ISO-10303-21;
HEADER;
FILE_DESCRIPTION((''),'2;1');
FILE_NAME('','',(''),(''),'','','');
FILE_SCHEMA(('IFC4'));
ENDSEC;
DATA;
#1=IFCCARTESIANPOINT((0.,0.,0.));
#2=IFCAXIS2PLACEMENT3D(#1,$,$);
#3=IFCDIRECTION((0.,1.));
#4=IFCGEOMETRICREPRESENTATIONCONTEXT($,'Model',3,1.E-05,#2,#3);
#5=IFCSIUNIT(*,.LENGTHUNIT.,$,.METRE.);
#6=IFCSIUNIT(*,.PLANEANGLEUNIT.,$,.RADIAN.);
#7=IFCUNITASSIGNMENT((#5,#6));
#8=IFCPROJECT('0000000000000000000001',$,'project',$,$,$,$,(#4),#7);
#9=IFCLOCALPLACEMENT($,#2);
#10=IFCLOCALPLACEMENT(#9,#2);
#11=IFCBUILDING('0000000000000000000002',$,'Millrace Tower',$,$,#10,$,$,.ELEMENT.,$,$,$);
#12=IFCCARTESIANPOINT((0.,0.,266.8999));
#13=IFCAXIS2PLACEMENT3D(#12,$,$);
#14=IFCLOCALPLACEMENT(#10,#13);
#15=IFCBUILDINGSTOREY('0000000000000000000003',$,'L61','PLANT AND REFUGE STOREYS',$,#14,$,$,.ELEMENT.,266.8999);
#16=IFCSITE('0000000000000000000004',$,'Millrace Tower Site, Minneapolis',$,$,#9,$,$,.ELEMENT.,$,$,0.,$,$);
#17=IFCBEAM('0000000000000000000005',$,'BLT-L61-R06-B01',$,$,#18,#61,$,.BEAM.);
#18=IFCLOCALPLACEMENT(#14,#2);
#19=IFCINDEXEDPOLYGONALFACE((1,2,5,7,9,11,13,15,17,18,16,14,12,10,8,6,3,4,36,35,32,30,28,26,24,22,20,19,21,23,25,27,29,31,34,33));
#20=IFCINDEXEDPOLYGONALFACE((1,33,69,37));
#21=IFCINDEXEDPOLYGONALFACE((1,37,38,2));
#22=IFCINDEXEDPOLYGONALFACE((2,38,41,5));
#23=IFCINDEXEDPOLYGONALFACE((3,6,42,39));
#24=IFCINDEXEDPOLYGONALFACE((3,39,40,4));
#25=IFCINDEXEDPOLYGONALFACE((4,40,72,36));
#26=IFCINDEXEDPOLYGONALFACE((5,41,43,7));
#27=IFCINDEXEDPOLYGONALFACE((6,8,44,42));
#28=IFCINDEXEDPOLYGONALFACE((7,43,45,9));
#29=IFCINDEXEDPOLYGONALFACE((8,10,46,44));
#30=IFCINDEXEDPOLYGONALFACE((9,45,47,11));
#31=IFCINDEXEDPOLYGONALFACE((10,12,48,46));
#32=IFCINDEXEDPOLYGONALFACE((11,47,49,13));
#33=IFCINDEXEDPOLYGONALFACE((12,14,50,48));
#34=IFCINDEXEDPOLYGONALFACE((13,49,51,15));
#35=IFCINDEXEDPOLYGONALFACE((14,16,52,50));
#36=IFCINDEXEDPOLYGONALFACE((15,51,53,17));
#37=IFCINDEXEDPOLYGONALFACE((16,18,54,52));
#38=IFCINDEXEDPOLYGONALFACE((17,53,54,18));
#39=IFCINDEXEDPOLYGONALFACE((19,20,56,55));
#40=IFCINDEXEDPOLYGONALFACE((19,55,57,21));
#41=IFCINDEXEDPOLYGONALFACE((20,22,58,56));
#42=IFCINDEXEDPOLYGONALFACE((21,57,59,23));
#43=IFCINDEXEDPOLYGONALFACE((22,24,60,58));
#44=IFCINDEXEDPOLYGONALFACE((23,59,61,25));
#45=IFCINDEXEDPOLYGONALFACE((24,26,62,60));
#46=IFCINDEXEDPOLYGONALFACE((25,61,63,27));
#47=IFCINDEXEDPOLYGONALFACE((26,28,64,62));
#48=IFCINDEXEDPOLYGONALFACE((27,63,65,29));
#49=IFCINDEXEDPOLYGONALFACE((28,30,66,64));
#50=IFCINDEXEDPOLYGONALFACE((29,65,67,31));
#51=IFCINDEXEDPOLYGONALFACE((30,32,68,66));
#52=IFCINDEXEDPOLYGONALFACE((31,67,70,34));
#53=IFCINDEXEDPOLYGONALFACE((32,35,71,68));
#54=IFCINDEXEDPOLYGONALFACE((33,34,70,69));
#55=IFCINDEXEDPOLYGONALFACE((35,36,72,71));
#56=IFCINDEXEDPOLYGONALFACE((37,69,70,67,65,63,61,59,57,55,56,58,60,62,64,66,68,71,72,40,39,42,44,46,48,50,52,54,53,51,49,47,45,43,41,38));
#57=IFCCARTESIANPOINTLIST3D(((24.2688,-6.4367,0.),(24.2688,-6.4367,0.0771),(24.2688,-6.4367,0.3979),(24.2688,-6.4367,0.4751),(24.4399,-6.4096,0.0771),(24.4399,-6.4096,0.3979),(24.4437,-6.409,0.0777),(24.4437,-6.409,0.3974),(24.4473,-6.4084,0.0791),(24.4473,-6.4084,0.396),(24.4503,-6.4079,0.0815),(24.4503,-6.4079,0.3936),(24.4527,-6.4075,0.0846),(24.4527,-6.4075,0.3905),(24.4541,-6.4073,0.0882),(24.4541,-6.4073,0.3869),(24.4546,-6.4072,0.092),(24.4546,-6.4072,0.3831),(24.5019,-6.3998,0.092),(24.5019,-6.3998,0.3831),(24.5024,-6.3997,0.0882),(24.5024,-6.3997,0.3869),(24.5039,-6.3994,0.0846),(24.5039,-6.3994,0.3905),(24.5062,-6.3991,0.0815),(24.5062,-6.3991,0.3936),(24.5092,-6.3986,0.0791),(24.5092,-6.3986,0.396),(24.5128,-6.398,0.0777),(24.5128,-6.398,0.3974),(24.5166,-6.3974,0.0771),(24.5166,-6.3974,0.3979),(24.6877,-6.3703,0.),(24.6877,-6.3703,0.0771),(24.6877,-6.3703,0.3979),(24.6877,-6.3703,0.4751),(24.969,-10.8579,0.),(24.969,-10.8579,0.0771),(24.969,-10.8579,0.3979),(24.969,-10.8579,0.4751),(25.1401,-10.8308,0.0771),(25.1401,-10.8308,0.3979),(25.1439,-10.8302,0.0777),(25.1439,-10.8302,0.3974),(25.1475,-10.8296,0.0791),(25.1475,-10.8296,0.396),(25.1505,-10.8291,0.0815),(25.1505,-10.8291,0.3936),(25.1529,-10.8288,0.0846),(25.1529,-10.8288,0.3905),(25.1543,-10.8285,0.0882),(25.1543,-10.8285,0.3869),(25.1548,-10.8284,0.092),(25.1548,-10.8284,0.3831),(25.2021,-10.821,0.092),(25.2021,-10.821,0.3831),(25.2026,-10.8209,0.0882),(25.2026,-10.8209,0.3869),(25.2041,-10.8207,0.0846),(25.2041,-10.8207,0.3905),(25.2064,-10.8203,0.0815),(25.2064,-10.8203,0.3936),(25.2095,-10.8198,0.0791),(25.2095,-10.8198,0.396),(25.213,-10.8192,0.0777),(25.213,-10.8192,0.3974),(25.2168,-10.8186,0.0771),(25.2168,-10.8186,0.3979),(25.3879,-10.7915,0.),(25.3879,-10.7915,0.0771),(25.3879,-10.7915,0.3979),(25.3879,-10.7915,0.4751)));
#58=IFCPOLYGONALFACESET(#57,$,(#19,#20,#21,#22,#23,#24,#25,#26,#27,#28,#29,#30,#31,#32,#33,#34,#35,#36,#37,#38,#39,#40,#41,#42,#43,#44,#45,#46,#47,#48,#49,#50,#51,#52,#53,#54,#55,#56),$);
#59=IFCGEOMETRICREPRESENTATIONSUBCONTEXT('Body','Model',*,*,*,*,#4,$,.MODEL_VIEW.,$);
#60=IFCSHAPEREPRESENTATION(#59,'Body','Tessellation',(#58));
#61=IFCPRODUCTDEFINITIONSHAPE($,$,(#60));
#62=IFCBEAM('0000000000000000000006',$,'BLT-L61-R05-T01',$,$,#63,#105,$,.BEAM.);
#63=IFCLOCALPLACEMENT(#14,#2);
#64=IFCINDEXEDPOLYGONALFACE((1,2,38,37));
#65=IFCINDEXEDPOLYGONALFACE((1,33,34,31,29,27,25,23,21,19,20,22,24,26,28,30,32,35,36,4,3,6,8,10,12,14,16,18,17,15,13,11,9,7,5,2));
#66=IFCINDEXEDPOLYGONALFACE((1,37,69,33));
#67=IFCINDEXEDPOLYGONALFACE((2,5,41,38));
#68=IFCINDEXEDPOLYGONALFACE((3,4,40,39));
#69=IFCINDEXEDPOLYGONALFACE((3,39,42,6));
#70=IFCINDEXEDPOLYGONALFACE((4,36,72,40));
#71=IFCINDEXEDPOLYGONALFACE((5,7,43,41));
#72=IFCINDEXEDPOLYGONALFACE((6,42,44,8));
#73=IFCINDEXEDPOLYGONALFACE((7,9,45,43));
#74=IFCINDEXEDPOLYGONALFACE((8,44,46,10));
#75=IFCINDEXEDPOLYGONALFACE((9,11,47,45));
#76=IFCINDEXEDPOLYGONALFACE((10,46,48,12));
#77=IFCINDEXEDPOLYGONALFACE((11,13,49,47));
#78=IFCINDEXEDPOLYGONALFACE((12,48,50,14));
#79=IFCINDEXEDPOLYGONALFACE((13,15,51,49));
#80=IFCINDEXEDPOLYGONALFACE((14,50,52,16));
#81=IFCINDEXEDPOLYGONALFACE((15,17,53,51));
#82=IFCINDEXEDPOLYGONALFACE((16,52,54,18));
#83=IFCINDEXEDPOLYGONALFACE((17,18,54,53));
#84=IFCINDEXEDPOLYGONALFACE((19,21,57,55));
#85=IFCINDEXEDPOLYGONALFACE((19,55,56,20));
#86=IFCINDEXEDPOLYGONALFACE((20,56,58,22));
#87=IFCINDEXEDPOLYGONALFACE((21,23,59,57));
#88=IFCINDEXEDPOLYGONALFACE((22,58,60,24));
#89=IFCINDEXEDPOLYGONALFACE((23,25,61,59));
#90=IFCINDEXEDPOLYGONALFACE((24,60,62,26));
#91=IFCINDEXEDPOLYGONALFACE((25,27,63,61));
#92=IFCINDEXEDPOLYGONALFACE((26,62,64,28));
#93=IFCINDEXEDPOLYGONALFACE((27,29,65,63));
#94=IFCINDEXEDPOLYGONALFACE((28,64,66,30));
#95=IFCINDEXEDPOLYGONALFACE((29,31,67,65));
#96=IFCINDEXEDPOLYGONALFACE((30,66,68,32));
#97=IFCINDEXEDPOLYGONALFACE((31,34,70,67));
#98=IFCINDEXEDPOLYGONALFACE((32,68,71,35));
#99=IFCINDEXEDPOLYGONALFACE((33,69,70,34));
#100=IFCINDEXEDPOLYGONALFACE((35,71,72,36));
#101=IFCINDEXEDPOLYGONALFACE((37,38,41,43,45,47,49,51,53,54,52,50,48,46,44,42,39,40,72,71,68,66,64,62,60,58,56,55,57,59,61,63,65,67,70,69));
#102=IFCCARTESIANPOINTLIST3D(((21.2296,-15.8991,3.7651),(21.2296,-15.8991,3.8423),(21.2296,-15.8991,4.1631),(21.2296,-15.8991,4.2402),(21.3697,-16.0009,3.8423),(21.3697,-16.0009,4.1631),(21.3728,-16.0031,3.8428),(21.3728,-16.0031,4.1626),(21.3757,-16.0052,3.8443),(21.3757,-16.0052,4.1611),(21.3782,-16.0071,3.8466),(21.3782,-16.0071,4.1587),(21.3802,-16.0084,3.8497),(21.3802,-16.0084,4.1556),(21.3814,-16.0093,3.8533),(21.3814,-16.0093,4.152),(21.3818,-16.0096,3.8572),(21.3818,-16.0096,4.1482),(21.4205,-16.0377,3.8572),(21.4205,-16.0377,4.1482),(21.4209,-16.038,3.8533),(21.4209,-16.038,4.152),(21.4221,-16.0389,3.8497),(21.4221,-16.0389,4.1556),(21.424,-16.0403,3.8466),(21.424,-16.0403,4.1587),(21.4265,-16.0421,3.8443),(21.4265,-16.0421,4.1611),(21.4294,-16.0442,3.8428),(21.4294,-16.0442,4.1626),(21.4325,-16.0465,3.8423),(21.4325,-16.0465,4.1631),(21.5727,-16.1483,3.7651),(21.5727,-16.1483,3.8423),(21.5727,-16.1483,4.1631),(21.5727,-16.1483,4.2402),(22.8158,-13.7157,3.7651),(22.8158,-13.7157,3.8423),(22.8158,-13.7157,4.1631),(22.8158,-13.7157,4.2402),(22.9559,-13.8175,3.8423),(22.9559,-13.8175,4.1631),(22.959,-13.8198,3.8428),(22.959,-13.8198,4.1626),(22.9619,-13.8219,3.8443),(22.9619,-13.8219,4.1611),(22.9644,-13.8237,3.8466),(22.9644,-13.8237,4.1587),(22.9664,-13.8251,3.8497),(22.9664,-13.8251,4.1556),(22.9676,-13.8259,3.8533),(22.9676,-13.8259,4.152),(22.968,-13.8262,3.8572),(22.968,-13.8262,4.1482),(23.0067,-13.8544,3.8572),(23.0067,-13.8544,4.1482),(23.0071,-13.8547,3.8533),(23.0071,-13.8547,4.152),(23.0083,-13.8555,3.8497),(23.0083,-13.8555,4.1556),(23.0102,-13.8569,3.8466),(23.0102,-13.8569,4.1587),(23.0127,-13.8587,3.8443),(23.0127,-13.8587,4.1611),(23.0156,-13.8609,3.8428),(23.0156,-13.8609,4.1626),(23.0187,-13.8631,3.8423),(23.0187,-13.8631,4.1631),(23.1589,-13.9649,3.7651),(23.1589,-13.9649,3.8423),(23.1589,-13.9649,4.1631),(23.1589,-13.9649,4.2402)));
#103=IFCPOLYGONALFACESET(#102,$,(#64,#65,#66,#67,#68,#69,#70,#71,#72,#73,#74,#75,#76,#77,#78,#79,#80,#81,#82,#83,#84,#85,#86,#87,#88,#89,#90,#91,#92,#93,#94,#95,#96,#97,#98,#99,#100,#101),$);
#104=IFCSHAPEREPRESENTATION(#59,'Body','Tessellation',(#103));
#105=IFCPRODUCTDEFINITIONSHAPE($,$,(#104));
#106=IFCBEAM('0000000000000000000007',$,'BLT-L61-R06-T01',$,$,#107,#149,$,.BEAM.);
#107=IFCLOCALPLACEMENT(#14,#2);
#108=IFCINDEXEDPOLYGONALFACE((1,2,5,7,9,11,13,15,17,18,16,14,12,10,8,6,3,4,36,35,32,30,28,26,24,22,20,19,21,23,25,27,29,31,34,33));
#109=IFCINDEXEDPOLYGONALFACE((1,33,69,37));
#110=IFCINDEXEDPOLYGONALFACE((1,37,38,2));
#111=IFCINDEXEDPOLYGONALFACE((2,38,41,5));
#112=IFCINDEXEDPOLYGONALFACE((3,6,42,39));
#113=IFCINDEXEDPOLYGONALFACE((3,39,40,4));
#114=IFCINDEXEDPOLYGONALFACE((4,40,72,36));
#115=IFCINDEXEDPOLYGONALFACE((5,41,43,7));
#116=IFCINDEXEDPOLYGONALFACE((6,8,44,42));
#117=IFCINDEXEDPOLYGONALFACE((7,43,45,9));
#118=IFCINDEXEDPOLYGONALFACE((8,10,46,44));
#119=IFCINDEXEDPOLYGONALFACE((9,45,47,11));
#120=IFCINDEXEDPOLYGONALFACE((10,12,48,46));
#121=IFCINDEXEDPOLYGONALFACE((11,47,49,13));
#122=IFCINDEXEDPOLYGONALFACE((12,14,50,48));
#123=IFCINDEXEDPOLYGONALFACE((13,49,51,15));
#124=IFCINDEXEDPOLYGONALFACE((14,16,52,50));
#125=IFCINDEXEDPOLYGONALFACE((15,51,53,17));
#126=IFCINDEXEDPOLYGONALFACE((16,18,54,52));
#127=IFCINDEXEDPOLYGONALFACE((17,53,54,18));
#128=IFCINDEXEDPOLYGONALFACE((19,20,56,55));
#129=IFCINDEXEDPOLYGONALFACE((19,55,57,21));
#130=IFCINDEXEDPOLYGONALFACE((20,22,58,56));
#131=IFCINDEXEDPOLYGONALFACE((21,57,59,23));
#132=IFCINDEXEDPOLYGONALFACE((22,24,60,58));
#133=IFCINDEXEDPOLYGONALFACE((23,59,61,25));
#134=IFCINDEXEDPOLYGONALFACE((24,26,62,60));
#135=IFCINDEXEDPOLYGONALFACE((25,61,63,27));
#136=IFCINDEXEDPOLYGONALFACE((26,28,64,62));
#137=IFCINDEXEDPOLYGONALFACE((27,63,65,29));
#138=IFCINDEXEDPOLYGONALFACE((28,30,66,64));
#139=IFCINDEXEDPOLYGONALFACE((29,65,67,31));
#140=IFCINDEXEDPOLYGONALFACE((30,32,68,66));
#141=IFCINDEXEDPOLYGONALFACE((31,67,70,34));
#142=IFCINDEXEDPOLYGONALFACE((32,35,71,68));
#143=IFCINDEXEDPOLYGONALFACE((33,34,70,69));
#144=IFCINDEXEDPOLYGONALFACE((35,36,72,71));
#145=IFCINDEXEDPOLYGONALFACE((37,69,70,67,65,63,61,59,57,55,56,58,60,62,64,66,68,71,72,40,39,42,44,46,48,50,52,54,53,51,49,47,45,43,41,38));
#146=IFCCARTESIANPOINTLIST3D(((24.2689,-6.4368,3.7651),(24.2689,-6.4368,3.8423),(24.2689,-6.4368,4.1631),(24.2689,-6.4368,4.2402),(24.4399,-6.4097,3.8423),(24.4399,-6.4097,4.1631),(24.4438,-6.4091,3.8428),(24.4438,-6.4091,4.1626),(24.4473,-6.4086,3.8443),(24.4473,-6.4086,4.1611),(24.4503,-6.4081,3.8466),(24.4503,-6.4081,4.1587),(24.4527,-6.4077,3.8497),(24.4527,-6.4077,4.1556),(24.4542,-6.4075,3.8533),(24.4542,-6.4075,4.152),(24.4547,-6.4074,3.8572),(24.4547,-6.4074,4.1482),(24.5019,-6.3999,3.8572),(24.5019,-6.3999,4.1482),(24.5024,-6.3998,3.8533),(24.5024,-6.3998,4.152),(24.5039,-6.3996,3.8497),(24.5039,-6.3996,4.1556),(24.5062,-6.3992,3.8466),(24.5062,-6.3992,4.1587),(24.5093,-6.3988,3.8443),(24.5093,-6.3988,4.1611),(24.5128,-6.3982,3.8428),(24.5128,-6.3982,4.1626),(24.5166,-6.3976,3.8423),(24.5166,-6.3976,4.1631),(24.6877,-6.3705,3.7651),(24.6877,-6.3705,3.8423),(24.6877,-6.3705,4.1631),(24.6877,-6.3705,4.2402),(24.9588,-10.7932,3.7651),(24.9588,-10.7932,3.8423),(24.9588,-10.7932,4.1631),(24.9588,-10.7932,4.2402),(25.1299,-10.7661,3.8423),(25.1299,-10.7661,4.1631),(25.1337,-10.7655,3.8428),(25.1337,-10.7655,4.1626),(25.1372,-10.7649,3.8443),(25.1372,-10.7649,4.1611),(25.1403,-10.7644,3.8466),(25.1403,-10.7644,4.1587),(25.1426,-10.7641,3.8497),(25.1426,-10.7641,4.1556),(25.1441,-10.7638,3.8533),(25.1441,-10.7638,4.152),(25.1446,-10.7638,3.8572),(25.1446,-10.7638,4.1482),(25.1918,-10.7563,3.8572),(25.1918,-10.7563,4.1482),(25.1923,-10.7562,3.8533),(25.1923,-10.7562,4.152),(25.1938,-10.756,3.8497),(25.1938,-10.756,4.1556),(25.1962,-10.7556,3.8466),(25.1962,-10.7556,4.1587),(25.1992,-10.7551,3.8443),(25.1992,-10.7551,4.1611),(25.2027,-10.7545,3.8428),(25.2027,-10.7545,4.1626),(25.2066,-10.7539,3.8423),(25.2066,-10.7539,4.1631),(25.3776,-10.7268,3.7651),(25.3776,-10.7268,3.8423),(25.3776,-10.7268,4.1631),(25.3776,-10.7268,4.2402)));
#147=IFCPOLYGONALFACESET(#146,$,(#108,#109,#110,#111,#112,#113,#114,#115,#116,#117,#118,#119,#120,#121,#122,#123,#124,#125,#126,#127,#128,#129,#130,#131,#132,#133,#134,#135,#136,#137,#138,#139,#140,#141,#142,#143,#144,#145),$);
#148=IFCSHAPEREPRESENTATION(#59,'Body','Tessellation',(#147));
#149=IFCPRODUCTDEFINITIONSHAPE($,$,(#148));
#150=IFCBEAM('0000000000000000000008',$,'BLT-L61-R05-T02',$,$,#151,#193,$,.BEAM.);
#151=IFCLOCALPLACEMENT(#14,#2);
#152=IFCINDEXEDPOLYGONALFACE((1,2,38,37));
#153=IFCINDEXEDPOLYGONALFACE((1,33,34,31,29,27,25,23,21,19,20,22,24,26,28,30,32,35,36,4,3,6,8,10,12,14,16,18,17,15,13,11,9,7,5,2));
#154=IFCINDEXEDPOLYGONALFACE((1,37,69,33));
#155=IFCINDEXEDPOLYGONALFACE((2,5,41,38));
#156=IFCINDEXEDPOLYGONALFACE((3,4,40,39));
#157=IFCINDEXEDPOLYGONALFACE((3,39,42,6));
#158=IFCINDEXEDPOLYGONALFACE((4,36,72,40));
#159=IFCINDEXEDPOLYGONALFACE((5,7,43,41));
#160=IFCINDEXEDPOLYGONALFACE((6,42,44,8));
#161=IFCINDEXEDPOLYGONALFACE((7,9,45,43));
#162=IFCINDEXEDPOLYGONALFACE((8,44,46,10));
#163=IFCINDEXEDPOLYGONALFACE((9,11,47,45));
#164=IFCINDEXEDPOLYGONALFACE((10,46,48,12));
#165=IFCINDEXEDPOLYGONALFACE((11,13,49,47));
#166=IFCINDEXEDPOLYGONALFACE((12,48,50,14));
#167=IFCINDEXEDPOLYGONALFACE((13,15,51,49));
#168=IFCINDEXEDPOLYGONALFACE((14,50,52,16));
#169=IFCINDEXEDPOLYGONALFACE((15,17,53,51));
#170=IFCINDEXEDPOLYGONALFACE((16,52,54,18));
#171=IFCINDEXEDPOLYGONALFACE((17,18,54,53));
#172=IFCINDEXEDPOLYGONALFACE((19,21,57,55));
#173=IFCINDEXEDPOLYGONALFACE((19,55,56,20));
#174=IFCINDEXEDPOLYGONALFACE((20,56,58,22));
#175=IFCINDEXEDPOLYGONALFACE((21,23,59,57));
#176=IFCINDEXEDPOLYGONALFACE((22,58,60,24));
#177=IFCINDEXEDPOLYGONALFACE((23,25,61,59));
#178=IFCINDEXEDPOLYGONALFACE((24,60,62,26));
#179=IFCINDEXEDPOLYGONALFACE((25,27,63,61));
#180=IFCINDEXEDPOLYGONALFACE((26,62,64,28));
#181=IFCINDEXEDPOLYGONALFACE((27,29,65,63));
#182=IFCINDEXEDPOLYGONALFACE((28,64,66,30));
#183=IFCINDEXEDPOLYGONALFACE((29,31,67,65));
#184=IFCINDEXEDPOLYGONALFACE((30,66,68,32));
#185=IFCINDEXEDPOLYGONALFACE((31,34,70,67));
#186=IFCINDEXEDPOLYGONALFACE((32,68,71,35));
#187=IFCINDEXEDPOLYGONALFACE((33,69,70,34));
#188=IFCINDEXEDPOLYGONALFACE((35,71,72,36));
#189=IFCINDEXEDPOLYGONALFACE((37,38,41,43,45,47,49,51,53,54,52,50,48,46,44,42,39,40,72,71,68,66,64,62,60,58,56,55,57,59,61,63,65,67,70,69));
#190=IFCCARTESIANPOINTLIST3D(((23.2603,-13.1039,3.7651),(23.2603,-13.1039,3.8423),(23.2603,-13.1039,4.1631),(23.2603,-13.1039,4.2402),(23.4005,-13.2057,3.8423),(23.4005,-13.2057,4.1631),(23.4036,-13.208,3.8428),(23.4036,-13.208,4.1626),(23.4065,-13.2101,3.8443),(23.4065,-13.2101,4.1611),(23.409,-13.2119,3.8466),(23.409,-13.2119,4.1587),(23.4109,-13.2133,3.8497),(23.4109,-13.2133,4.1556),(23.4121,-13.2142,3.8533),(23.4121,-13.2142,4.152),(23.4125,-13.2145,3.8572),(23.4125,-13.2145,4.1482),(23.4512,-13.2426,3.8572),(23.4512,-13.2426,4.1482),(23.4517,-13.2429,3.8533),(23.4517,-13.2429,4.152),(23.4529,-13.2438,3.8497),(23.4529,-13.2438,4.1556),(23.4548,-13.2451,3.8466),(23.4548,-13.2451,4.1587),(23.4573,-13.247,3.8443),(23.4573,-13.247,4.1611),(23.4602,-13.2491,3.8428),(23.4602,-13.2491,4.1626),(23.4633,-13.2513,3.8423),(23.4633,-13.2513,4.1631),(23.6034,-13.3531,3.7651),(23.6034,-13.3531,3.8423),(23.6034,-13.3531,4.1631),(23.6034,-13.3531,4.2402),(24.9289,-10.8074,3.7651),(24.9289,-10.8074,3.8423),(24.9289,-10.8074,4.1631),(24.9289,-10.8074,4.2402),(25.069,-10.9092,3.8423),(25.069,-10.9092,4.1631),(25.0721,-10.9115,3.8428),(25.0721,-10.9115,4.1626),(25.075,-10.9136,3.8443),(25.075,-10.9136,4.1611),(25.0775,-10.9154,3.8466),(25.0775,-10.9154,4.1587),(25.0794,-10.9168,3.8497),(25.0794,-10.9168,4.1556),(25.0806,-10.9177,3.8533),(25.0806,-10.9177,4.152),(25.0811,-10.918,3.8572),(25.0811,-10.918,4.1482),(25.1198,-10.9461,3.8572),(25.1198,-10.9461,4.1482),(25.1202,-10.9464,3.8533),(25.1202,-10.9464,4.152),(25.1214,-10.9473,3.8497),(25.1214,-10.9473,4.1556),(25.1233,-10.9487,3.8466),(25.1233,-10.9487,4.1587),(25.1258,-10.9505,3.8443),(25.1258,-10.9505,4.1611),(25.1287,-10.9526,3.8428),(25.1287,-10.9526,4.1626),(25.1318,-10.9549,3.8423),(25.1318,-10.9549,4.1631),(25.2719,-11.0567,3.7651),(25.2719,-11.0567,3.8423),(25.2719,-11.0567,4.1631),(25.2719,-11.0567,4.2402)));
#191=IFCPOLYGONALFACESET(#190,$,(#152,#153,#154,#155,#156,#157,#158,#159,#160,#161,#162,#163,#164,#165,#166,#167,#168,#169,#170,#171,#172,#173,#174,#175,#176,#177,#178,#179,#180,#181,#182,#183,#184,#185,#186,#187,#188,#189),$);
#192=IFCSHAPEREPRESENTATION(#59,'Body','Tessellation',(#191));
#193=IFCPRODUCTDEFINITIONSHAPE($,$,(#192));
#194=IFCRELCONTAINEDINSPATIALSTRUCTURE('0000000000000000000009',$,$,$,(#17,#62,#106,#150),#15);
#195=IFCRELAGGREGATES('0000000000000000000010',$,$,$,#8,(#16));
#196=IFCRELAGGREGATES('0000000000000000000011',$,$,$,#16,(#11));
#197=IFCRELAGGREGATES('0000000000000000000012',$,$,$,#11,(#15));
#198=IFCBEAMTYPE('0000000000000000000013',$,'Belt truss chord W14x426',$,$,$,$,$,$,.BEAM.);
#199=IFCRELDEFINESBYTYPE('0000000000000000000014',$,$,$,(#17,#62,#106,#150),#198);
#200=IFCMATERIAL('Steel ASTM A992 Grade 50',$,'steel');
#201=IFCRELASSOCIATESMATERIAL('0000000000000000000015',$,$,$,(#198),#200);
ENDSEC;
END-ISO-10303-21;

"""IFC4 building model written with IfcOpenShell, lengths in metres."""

from ifc_helpers import new_model, si_unit, direction, frame, origin, origin_2d, place, context, subcontext, project, spatial, i_section, extrude, material, material_profile, profile_set, type_object, element, save


model = new_model("IFC4")

# Units and contexts
model_context = context("Model", 3, precision=1e-05, world=origin(), true_north=direction((0.0, 1.0)))
body_context = subcontext(model_context, "Body", "Model", "MODEL_VIEW")
ifc_project = project(units=[si_unit("LENGTHUNIT", "METRE"), si_unit("PLANEANGLEUNIT", "RADIAN")], contexts=[model_context])

# Site, building, storey
site_placement = place(None, origin())
site = spatial("IfcSite", under=ifc_project, at=site_placement, Name="Millrace Tower Site, Minneapolis", CompositionType="ELEMENT", RefElevation=0.0)
building_placement = place(site_placement, origin())
building = spatial("IfcBuilding", under=site, at=building_placement, Name="Millrace Tower", CompositionType="ELEMENT")
storey_placement = place(building_placement, frame((0.0, 0.0, 266.8999)))
storey = spatial("IfcBuildingStorey", under=building, at=storey_placement, Name="L61", Description="PLANT AND REFUGE STOREYS", CompositionType="ELEMENT", Elevation=266.8999)

# Beams
ifc_material_1 = material(Name="Steel ASTM A992 Grade 50", Category="steel")
ifc_material_profile_1 = material_profile(ifc_material_1, i_section(OverallWidth=0.4241, OverallDepth=0.4751, WebThickness=0.0479, FlangeThickness=0.0771, FilletRadius=0.0149, at=origin_2d()))
ifc_profile_set_1 = profile_set([ifc_material_profile_1], Name="Steel ASTM A992 Grade 50")
beam_type_1 = type_object("IfcBeamType", Name="Belt truss chord W14x426", PredefinedType="BEAM", material=ifc_profile_set_1)
beam_1_placement = place(storey_placement, frame((25.1785, -10.8247, 0.2375), z_axis=(-0.156425, 0.98769, 0.0), x_axis=(-0.98769, -0.156425, 0.0)))
element("IfcBeam", 1, at=beam_1_placement, inside=storey, type_object=beam_type_1, Name="BLT-L61-R06-B01", PredefinedType="BEAM", context=body_context, shape_type="SweptSolid", body=[
    extrude(i_section(OverallWidth=0.4241, OverallDepth=0.4751, WebThickness=0.0479, FlangeThickness=0.0771, FilletRadius=0.0149, at=origin_2d()), origin(), (0.0, 0.0, 1.0), 4.4763),
])
beam_2_placement = place(storey_placement, frame((21.4011, -16.0237, 4.0027), z_axis=(0.587757, 0.809037, 0.0), x_axis=(-0.809037, 0.587757, 0.0)))
element("IfcBeam", 2, at=beam_2_placement, inside=storey, type_object=beam_type_1, Name="BLT-L61-R05-T01", PredefinedType="BEAM", context=body_context, shape_type="SweptSolid", body=[
    extrude(i_section(OverallWidth=0.4241, OverallDepth=0.4751, WebThickness=0.0479, FlangeThickness=0.0771, FilletRadius=0.0149, at=origin_2d()), origin(), (0.0, 0.0, 1.0), 2.6987),
])
beam_3_placement = place(storey_placement, frame((25.1682, -10.76, 4.0027), z_axis=(-0.156423, 0.98769, 0.0), x_axis=(-0.98769, -0.156423, 0.0)))
element("IfcBeam", 3, at=beam_3_placement, inside=storey, type_object=beam_type_1, Name="BLT-L61-R06-T01", PredefinedType="BEAM", context=body_context, shape_type="SweptSolid", body=[
    extrude(i_section(OverallWidth=0.4241, OverallDepth=0.4751, WebThickness=0.0479, FlangeThickness=0.0771, FilletRadius=0.0149, at=origin_2d()), origin(), (0.0, 0.0, 1.0), 4.4106),
])
beam_4_placement = place(storey_placement, frame((23.4319, -13.2285, 4.0027), z_axis=(0.587793, 0.809011, 0.0), x_axis=(-0.809011, 0.587793, 0.0)))
element("IfcBeam", 4, at=beam_4_placement, inside=storey, type_object=beam_type_1, Name="BLT-L61-R05-T02", PredefinedType="BEAM", context=body_context, shape_type="SweptSolid", body=[
    extrude(i_section(OverallWidth=0.4241, OverallDepth=0.4751, WebThickness=0.0479, FlangeThickness=0.0771, FilletRadius=0.0149, at=origin_2d()), origin(), (0.0, 0.0, 1.0), 2.8386),
])

save(model, "model.ifc")
